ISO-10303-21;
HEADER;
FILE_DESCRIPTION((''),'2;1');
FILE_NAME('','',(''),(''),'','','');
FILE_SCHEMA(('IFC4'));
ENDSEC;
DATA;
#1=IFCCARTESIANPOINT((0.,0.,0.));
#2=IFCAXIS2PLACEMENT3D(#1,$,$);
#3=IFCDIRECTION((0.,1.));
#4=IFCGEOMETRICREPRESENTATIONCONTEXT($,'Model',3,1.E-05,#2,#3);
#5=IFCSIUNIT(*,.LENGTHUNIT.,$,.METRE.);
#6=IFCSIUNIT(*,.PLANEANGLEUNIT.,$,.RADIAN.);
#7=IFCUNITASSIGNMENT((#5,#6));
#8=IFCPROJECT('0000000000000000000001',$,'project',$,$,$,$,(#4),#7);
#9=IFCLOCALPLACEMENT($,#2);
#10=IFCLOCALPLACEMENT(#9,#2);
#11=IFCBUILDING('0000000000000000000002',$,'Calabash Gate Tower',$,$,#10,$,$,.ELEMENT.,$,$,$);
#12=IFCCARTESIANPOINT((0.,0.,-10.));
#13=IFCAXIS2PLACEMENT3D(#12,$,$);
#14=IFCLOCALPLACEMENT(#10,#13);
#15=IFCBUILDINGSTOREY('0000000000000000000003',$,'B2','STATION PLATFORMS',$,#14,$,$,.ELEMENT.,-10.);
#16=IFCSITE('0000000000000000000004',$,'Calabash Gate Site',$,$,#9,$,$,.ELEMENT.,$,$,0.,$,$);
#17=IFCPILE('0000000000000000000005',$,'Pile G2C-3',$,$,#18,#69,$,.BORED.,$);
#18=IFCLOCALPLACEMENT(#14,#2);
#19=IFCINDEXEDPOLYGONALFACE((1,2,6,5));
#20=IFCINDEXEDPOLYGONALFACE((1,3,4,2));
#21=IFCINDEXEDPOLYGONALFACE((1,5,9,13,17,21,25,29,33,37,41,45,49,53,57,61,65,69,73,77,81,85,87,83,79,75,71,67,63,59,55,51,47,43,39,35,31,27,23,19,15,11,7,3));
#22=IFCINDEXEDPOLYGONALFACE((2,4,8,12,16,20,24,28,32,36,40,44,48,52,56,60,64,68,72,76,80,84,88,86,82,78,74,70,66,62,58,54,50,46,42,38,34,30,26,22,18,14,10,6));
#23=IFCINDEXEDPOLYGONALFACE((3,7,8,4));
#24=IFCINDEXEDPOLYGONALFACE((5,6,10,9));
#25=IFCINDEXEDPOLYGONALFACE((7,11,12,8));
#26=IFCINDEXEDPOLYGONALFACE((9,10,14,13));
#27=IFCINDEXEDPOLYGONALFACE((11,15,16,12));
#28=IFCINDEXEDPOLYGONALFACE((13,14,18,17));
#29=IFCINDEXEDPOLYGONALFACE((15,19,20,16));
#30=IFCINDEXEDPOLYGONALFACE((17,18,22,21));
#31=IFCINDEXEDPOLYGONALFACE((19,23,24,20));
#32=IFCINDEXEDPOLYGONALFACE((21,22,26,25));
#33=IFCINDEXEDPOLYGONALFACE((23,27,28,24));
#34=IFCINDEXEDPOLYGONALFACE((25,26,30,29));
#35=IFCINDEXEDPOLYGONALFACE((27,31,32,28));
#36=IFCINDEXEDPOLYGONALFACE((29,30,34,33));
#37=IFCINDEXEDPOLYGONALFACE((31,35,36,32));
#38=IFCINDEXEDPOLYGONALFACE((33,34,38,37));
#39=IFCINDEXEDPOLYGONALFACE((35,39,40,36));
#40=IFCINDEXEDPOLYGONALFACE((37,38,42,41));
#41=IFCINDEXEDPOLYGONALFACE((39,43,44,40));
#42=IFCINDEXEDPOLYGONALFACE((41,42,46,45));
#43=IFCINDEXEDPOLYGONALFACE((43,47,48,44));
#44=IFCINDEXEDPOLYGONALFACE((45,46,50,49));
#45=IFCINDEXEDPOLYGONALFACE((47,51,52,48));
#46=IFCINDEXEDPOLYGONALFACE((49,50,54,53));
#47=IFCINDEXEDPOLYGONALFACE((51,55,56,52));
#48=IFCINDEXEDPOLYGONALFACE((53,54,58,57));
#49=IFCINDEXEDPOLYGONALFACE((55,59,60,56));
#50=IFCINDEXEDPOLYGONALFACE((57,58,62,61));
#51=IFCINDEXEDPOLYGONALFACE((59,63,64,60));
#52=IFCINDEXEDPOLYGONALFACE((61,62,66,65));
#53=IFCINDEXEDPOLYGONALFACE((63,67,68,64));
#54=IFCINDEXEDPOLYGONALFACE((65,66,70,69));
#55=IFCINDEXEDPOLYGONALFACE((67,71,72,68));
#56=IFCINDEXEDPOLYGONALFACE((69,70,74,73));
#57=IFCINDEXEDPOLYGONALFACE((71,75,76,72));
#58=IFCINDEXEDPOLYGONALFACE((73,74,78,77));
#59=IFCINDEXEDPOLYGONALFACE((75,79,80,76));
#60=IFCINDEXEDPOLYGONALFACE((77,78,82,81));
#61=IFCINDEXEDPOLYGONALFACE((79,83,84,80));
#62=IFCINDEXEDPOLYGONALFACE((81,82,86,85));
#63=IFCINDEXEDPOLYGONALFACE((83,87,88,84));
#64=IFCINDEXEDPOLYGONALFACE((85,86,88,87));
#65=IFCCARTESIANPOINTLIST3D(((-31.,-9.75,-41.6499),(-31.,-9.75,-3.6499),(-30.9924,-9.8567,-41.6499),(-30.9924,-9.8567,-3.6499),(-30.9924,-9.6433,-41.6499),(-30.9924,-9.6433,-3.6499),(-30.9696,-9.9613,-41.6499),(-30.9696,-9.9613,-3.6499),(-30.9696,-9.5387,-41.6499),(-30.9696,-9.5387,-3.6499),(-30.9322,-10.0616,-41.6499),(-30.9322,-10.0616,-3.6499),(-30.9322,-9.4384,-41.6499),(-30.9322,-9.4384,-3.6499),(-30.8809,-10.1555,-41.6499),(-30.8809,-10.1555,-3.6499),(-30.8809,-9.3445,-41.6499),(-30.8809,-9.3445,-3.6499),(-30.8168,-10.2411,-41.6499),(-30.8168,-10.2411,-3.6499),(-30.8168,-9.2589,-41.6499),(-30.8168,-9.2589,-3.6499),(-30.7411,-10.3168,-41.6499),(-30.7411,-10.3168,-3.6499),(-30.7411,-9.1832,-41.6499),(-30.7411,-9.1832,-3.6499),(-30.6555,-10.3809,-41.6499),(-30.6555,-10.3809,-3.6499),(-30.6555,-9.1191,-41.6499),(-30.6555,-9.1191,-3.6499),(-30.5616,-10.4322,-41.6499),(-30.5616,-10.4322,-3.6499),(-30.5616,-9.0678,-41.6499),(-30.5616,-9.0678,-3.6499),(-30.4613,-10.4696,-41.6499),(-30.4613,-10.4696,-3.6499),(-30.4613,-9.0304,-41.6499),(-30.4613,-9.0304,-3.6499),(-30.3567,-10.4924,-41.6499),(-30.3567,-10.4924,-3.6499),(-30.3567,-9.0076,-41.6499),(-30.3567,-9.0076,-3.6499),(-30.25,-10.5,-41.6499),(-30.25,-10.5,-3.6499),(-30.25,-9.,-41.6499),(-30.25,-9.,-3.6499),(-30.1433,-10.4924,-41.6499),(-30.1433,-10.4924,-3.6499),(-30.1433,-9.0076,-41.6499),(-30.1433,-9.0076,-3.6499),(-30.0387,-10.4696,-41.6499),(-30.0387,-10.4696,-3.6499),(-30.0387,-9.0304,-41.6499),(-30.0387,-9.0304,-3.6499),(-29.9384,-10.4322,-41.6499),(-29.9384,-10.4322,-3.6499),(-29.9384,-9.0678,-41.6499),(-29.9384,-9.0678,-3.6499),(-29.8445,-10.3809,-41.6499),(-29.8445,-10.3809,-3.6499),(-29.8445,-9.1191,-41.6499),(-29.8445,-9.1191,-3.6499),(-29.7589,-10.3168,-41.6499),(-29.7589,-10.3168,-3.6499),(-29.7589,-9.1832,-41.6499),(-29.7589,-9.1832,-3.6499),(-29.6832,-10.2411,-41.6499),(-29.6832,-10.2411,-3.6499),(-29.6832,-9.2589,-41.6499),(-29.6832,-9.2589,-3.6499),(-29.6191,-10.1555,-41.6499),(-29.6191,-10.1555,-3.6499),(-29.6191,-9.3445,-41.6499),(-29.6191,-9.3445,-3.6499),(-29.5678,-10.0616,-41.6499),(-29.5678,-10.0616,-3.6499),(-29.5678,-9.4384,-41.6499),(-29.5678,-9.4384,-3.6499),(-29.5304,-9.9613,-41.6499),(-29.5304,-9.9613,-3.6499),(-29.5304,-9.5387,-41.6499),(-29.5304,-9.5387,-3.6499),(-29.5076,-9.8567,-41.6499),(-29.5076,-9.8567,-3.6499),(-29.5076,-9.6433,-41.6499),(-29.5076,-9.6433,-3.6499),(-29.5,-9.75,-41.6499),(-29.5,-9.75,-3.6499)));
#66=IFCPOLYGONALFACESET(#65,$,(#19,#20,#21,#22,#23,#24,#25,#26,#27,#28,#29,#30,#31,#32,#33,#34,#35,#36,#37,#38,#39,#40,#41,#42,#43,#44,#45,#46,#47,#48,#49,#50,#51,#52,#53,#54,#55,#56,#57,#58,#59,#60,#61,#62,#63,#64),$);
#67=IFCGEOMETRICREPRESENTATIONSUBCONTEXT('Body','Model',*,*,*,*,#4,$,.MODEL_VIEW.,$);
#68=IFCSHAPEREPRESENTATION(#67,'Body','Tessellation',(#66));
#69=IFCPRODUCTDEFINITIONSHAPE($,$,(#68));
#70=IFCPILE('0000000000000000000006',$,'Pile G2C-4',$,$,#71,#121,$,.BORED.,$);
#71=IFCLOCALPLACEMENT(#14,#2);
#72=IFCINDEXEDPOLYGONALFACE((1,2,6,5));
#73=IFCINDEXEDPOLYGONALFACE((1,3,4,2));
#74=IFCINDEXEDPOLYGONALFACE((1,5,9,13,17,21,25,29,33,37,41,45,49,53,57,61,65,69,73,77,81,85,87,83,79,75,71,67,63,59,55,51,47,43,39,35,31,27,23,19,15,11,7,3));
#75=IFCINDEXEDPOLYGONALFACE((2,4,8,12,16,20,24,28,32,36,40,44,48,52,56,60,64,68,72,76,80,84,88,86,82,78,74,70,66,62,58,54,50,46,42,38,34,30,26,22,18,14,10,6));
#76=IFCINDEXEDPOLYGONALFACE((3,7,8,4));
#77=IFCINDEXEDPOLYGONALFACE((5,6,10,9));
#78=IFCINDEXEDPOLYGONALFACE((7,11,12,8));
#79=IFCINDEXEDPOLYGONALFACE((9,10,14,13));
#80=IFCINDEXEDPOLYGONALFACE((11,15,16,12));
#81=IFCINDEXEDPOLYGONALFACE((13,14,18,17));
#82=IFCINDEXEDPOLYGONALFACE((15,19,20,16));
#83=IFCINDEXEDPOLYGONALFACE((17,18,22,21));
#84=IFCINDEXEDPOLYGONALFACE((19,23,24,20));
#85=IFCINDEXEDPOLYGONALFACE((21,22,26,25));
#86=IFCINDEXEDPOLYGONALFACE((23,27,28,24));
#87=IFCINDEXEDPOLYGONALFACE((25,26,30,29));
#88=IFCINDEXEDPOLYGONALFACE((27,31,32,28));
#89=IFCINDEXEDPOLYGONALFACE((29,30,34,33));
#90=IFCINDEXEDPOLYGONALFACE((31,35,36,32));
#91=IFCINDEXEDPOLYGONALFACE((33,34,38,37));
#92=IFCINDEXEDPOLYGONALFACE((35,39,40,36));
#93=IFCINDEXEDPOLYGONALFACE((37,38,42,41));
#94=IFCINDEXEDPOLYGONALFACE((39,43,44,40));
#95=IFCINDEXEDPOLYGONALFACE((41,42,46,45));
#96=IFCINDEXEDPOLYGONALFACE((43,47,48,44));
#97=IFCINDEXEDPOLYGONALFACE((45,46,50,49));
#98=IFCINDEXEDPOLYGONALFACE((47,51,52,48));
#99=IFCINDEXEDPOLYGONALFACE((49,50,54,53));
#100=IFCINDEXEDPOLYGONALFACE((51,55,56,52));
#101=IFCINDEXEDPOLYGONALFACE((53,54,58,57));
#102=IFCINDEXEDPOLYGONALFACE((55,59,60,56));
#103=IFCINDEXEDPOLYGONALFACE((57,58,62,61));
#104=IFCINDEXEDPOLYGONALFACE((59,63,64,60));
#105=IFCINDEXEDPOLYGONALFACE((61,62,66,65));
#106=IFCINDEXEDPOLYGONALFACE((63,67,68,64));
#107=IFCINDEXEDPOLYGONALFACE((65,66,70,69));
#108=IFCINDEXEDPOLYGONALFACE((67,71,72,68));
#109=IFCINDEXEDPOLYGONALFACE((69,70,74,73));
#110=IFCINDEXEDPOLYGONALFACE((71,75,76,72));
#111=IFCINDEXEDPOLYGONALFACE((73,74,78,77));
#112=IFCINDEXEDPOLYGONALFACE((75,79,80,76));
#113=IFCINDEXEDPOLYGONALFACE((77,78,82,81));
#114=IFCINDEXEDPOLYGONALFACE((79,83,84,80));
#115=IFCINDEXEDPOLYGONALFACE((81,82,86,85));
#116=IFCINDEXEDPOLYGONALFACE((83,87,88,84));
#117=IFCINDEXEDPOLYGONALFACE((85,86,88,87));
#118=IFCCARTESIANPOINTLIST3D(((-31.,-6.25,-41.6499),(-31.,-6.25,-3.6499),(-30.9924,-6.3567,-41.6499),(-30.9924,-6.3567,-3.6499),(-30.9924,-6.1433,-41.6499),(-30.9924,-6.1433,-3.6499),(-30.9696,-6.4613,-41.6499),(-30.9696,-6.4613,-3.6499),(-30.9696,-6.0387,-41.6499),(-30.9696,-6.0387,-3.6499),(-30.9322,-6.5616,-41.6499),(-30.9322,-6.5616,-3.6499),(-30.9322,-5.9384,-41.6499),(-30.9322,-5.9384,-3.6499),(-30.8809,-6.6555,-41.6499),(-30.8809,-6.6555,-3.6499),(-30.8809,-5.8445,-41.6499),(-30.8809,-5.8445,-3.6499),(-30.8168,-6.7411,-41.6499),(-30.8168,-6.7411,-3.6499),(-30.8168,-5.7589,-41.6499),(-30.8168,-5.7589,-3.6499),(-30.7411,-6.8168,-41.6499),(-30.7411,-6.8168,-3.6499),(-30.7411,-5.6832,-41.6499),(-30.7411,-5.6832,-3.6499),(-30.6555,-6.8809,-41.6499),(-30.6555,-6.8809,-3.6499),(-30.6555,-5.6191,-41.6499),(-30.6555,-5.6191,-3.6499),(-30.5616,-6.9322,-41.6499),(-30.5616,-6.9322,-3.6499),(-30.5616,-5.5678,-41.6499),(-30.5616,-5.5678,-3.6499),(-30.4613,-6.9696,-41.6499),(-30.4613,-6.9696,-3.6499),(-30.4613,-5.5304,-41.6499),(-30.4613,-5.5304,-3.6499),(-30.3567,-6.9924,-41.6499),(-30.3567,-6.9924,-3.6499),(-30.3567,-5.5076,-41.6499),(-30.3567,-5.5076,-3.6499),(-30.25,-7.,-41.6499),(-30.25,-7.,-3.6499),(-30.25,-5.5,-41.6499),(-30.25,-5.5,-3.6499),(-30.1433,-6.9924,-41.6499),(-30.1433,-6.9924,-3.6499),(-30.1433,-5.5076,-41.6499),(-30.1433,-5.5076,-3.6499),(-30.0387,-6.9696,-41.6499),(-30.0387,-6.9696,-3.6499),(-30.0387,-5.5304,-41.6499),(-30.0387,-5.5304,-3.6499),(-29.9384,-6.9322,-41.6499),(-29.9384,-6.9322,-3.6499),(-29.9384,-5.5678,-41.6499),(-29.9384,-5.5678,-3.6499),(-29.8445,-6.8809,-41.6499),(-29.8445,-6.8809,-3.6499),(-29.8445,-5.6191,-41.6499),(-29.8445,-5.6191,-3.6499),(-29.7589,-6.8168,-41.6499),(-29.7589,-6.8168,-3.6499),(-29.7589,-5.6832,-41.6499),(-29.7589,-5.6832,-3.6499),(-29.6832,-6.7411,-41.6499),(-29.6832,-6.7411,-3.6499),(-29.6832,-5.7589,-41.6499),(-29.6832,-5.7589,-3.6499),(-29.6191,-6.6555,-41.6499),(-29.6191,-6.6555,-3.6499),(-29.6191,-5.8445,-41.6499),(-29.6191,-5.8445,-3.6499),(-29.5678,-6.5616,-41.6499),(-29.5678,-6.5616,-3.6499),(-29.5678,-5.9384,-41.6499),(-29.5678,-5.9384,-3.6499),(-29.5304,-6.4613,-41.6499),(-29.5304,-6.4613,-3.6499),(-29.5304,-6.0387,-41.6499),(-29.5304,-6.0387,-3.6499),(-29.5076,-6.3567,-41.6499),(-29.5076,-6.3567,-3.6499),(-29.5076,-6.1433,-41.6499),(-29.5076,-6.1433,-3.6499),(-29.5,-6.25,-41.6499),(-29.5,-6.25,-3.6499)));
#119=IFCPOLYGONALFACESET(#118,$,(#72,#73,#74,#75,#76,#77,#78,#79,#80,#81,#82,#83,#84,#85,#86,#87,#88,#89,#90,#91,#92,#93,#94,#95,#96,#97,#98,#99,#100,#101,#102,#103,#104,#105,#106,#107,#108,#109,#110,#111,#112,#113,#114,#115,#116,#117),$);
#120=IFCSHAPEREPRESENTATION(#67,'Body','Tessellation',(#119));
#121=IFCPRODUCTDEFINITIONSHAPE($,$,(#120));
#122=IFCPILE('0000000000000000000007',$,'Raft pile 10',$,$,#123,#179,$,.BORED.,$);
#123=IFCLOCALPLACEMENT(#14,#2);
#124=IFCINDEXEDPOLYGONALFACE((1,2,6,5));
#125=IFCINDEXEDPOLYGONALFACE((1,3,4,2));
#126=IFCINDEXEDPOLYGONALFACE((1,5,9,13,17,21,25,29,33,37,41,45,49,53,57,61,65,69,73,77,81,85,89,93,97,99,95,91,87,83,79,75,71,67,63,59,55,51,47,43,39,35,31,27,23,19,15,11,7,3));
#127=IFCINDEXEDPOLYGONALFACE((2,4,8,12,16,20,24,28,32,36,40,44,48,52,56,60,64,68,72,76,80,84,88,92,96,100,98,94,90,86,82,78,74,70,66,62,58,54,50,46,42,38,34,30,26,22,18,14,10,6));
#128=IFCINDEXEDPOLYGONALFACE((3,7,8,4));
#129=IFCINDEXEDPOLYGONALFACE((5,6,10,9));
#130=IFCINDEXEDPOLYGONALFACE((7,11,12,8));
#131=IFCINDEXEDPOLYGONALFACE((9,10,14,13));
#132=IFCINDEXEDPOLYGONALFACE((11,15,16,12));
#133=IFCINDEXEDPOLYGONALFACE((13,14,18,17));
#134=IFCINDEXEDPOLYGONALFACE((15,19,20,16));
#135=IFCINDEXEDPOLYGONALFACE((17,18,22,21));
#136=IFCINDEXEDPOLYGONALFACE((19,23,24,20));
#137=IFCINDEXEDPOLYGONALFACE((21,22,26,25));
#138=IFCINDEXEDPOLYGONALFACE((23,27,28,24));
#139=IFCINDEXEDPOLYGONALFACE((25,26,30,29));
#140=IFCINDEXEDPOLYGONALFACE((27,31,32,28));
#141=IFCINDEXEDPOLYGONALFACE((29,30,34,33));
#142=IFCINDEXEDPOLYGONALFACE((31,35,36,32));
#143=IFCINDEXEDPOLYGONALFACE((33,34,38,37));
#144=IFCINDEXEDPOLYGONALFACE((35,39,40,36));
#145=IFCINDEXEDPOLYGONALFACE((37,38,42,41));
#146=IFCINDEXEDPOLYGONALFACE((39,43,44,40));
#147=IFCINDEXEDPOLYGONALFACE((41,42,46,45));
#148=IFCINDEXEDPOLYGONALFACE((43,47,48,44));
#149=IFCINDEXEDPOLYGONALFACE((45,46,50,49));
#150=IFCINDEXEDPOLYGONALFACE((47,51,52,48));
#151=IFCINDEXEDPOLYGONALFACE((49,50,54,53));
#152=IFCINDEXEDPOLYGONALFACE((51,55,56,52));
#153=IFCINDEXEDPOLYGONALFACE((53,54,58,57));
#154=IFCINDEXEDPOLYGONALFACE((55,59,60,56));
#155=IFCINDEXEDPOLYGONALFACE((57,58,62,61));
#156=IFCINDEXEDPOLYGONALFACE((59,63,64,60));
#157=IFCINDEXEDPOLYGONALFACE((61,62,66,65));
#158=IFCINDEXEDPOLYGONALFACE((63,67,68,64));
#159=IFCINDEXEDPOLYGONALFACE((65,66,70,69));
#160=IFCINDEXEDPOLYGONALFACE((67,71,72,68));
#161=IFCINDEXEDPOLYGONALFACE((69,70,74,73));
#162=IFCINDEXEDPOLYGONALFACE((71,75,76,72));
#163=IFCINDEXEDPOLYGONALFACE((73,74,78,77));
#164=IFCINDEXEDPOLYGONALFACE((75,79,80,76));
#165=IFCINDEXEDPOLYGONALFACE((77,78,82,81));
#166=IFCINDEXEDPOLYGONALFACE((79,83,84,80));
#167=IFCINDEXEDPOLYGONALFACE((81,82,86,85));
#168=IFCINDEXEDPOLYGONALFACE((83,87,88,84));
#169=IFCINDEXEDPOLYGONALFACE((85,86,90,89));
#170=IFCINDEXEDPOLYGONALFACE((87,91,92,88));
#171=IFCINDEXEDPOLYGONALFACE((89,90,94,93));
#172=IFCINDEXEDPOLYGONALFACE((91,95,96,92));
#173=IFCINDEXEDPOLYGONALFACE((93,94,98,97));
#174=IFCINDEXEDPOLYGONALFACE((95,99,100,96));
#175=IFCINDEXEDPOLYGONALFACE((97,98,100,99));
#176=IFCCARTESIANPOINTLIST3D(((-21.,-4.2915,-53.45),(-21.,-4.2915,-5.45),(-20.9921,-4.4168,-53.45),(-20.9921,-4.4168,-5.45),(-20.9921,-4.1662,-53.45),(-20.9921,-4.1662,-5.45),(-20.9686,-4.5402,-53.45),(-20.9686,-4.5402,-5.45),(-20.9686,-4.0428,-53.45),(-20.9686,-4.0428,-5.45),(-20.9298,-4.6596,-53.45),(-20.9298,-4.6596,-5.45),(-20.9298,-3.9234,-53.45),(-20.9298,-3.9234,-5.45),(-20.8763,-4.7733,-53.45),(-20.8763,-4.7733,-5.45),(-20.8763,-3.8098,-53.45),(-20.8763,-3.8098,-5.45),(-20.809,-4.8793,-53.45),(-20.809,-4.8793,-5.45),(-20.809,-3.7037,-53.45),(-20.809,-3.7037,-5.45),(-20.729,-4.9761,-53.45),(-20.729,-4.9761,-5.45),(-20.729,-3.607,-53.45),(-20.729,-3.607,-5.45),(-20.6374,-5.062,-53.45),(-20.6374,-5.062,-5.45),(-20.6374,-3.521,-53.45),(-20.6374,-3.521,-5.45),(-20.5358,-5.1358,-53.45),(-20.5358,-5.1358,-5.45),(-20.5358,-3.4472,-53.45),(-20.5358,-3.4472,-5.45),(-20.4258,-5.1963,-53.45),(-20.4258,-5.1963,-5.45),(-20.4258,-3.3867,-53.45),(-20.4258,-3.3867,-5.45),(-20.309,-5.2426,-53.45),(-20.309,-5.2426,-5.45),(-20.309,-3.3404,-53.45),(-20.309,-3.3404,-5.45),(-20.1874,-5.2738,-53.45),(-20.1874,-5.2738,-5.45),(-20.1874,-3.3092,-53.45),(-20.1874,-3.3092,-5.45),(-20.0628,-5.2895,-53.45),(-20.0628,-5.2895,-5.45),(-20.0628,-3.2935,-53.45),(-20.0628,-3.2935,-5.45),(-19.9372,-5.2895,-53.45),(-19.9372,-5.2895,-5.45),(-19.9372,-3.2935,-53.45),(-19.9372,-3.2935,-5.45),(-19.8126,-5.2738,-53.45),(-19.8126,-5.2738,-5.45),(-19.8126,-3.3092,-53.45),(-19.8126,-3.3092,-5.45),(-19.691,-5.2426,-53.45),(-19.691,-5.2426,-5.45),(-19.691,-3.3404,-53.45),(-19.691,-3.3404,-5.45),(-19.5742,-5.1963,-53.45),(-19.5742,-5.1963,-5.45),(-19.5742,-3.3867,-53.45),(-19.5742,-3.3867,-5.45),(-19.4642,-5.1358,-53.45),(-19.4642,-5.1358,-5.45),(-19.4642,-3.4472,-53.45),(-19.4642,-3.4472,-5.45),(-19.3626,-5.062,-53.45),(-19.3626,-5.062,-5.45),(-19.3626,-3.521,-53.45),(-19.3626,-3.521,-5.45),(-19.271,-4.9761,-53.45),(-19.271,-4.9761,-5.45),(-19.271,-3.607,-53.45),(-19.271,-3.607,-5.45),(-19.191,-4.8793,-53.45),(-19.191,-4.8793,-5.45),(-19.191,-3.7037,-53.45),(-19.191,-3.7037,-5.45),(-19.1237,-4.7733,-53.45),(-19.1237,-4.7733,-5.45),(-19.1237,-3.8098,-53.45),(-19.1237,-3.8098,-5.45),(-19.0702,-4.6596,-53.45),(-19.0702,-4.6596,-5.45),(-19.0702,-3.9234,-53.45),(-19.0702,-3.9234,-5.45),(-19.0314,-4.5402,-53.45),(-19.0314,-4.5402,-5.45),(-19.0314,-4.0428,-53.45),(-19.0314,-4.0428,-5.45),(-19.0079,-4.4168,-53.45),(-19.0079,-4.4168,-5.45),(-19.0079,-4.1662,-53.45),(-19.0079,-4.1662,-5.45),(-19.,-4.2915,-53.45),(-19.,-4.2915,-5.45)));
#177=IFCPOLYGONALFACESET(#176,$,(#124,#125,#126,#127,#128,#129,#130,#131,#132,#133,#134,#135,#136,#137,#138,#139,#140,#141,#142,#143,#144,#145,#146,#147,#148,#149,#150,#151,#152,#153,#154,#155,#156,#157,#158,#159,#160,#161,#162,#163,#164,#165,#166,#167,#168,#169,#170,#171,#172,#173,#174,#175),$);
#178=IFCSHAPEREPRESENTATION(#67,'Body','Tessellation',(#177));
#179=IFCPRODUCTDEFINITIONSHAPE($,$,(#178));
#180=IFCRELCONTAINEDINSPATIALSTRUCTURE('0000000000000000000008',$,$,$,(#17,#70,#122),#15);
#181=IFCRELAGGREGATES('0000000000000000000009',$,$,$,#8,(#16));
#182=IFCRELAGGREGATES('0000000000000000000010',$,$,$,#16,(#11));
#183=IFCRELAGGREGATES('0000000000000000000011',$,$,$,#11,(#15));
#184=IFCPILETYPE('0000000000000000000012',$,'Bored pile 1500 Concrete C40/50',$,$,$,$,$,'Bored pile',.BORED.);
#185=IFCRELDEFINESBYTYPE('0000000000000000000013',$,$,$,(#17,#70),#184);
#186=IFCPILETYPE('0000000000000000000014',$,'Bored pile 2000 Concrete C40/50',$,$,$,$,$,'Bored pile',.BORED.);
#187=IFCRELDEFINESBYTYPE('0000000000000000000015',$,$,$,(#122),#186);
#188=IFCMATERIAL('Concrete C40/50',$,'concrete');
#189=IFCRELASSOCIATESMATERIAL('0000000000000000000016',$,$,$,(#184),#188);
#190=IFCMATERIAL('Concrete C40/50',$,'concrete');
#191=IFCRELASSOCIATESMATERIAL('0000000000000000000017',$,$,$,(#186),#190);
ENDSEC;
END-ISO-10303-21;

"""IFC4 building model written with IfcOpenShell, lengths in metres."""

from ifc_helpers import new_model, si_unit, direction, frame, origin, origin_2d, place, context, subcontext, project, spatial, circle, extrude, material, material_profile, profile_set, type_object, element, save


model = new_model("IFC4")

# Units and contexts
model_context = context("Model", 3, precision=1e-05, world=origin(), true_north=direction((0.0, 1.0)))
body_context = subcontext(model_context, "Body", "Model", "MODEL_VIEW")
ifc_project = project(units=[si_unit("LENGTHUNIT", "METRE"), si_unit("PLANEANGLEUNIT", "RADIAN")], contexts=[model_context])

# Site, building, storey
site_placement = place(None, origin())
site = spatial("IfcSite", under=ifc_project, at=site_placement, Name="Calabash Gate Site", CompositionType="ELEMENT", RefElevation=0.0)
building_placement = place(site_placement, origin())
building = spatial("IfcBuilding", under=site, at=building_placement, Name="Calabash Gate Tower", CompositionType="ELEMENT")
storey_placement = place(building_placement, frame((0.0, 0.0, -10.0)))
storey = spatial("IfcBuildingStorey", under=building, at=storey_placement, Name="B2", Description="STATION PLATFORMS", CompositionType="ELEMENT", Elevation=-10.0)

# Piles
ifc_material_1 = material(Name="Concrete C40/50", Category="concrete")
ifc_material_profile_1 = material_profile(ifc_material_1, circle(Radius=0.75, at=origin_2d()))
ifc_profile_set_1 = profile_set([ifc_material_profile_1], Name="Concrete C40/50")
pile_type_1 = type_object("IfcPileType", Name="Bored pile 1500 Concrete C40/50", ElementType="Bored pile", PredefinedType="BORED", material=ifc_profile_set_1)
for number, where, z_axis, x_axis, name in (
    (1, (-30.25, -9.75, -3.6499), (0.0, 0.0, -1.0), (1.0, 0.0, 0.0), "Pile G2C-3"),
    (2, (-30.25, -6.25, -3.6499), (0.0, 0.0, -1.0), (1.0, 0.0, 0.0), "Pile G2C-4"),
):
    element("IfcPile", number, at=place(storey_placement, frame(where, z_axis=z_axis, x_axis=x_axis)), inside=storey, type_object=pile_type_1, Name=name, PredefinedType="BORED", context=body_context, shape_type="SweptSolid", body=[
        extrude(circle(Radius=0.75, at=origin_2d()), origin(), (0.0, 0.0, 1.0), 38.0),
    ])
ifc_material_2 = material(Name="Concrete C40/50", Category="concrete")
ifc_material_profile_2 = material_profile(ifc_material_2, circle(Radius=1.0, at=origin_2d()))
ifc_profile_set_2 = profile_set([ifc_material_profile_2], Name="Concrete C40/50")
pile_type_2 = type_object("IfcPileType", Name="Bored pile 2000 Concrete C40/50", ElementType="Bored pile", PredefinedType="BORED", material=ifc_profile_set_2)
for number, where, z_axis, x_axis, name in (
    (3, (-20.0, -4.2915, -5.45), (0.0, 0.0, -1.0), (1.0, 0.0, 0.0), "Raft pile 10"),
):
    element("IfcPile", number, at=place(storey_placement, frame(where, z_axis=z_axis, x_axis=x_axis)), inside=storey, type_object=pile_type_2, Name=name, PredefinedType="BORED", context=body_context, shape_type="SweptSolid", body=[
        extrude(circle(Radius=1.0, at=origin_2d()), origin(), (0.0, 0.0, 1.0), 48.0),
    ])

save(model, "model.ifc")
